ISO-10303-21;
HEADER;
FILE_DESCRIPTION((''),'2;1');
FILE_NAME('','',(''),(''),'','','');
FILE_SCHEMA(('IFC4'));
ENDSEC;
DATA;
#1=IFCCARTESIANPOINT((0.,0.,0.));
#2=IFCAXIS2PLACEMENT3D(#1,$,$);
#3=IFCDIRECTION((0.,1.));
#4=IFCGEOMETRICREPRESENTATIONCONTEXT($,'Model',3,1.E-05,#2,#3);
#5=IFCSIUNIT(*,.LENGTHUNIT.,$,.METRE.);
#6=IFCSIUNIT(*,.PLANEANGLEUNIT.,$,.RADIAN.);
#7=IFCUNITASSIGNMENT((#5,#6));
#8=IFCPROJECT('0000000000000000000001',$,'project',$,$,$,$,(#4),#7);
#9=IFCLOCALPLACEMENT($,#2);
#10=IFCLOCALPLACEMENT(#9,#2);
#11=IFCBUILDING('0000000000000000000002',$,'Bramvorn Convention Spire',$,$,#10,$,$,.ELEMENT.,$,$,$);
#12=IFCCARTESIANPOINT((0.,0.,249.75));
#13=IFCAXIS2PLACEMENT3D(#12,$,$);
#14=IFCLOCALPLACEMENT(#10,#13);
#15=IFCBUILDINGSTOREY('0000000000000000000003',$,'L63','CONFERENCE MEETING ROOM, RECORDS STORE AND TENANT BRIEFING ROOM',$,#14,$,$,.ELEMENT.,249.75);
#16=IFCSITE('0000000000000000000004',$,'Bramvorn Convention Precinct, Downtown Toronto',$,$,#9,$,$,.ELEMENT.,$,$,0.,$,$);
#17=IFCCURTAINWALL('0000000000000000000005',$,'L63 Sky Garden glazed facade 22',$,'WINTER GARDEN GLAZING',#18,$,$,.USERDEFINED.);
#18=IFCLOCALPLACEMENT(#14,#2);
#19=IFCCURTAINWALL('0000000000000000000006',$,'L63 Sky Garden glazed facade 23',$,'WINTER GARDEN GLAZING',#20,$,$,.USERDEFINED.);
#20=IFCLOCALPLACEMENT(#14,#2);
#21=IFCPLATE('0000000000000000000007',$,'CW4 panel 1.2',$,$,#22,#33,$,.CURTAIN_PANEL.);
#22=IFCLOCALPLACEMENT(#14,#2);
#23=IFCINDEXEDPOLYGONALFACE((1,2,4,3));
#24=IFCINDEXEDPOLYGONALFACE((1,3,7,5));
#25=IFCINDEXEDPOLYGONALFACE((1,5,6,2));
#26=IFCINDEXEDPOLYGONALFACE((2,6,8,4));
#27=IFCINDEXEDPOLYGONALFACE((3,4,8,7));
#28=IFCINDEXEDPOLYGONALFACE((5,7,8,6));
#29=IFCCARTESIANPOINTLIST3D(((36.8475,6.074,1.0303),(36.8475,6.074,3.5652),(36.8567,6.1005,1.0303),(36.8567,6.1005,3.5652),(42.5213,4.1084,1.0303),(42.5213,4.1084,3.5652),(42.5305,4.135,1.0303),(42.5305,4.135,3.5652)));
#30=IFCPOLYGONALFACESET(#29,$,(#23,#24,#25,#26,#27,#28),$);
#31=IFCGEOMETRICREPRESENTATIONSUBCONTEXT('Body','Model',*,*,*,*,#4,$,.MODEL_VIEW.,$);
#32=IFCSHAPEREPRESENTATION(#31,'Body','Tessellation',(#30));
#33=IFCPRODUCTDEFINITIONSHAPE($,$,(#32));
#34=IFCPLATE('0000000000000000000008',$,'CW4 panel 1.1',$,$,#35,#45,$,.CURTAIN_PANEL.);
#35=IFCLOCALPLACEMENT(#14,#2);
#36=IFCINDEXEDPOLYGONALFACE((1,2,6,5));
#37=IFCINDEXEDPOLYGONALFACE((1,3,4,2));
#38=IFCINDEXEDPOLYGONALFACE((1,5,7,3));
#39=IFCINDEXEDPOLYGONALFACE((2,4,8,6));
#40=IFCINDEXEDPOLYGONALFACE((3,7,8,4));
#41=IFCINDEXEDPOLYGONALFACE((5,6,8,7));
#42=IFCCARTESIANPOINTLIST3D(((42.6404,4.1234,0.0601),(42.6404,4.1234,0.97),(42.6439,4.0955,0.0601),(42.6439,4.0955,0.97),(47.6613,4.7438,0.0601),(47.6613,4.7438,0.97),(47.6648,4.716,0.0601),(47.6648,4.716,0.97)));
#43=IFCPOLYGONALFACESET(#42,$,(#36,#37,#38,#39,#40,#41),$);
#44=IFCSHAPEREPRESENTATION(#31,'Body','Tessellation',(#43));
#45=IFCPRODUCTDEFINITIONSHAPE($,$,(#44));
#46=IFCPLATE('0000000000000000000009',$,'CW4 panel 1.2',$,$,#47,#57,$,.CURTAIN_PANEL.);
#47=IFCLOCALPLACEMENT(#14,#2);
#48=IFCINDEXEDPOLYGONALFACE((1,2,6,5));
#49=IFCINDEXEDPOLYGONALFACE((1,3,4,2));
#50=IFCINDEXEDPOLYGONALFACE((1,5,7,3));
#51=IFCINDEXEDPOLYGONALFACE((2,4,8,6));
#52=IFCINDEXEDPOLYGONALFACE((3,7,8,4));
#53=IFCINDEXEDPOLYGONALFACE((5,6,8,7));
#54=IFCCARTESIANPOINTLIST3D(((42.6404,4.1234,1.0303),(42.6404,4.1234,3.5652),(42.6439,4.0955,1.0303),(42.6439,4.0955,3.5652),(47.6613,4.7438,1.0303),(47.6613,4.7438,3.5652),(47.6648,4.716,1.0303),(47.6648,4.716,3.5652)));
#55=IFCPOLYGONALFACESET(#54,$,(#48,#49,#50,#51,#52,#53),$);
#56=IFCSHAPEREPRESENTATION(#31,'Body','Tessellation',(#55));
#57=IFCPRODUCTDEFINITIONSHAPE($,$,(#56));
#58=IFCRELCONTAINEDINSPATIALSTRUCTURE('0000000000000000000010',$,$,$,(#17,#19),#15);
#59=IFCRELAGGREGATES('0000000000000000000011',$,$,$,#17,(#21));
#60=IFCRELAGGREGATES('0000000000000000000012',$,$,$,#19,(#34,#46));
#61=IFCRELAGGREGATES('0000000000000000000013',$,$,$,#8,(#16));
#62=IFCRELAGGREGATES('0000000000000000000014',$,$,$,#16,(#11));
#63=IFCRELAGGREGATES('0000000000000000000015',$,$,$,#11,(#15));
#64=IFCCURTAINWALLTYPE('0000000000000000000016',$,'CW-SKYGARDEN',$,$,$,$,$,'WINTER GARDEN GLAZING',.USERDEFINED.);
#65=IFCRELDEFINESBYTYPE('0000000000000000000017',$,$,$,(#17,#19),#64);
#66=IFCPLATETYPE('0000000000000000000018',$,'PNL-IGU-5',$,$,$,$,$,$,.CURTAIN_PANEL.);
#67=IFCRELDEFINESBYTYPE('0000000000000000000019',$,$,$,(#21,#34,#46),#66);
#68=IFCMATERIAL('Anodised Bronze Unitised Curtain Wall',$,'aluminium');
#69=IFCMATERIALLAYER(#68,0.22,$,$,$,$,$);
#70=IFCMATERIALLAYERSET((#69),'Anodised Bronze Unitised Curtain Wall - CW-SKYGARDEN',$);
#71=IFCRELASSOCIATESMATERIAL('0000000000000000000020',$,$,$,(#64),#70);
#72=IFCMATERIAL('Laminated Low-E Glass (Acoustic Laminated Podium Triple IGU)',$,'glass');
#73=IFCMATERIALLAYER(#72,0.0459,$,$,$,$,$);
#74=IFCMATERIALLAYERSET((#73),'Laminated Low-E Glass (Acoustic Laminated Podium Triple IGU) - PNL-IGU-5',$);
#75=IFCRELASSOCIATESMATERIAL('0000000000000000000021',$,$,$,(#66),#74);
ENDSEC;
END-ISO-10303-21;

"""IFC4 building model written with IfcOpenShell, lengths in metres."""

from ifc_helpers import new_model, si_unit, direction, frame, origin, origin_2d, place, context, subcontext, project, spatial, rectangle, extrude, material, layer, layer_set, type_object, element, aggregate, save


model = new_model("IFC4")

# Units and contexts
model_context = context("Model", 3, precision=1e-05, world=origin(), true_north=direction((0.0, 1.0)))
body_context = subcontext(model_context, "Body", "Model", "MODEL_VIEW")
ifc_project = project(units=[si_unit("LENGTHUNIT", "METRE"), si_unit("PLANEANGLEUNIT", "RADIAN")], contexts=[model_context])

# Site, building, storey
site_placement = place(None, origin())
site = spatial("IfcSite", under=ifc_project, at=site_placement, Name="Bramvorn Convention Precinct, Downtown Toronto", CompositionType="ELEMENT", RefElevation=0.0)
building_placement = place(site_placement, origin())
building = spatial("IfcBuilding", under=site, at=building_placement, Name="Bramvorn Convention Spire", CompositionType="ELEMENT")
storey_placement = place(building_placement, frame((0.0, 0.0, 249.75)))
storey = spatial("IfcBuildingStorey", under=building, at=storey_placement, Name="L63", Description="CONFERENCE MEETING ROOM, RECORDS STORE AND TENANT BRIEFING ROOM", CompositionType="ELEMENT", Elevation=249.75)

# Shared definitions
ifc_material_1 = material(Name="Anodised Bronze Unitised Curtain Wall", Category="aluminium")
ifc_layer_1 = layer(ifc_material_1, 0.22)
ifc_layer_set_1 = layer_set([ifc_layer_1], Name="Anodised Bronze Unitised Curtain Wall - CW-SKYGARDEN")
curtain_wall_type = type_object("IfcCurtainWallType", Name="CW-SKYGARDEN", ElementType="WINTER GARDEN GLAZING", PredefinedType="USERDEFINED", material=ifc_layer_set_1)

# Curtain wall
curtain_wall_1_placement = place(storey_placement, origin())
curtain_wall_1 = element("IfcCurtainWall", 1, at=curtain_wall_1_placement, inside=storey, type_object=curtain_wall_type, Name="L63 Sky Garden glazed facade 22", ObjectType="WINTER GARDEN GLAZING", PredefinedType="USERDEFINED")

# Curtain wall
curtain_wall_2_placement = place(storey_placement, origin())
curtain_wall_2 = element("IfcCurtainWall", 2, at=curtain_wall_2_placement, inside=storey, type_object=curtain_wall_type, Name="L63 Sky Garden glazed facade 23", ObjectType="WINTER GARDEN GLAZING", PredefinedType="USERDEFINED")

# Plates
ifc_material_2 = material(Name="Laminated Low-E Glass (Acoustic Laminated Podium Triple IGU)", Category="glass")
ifc_layer_2 = layer(ifc_material_2, 0.0459)
ifc_layer_set_2 = layer_set([ifc_layer_2], Name="Laminated Low-E Glass (Acoustic Laminated Podium Triple IGU) - PNL-IGU-5")
plate_type = type_object("IfcPlateType", Name="PNL-IGU-5", PredefinedType="CURTAIN_PANEL", material=ifc_layer_set_2)
plate_1_placement = place(storey_placement, frame((39.689, 5.1045, 1.0303), z_axis=(0.0, 0.0, 1.0), x_axis=(-0.944905, 0.327344, 0.0)))
plate_1 = element("IfcPlate", 3, at=plate_1_placement, type_object=plate_type, Name="CW4 panel 1.2", PredefinedType="CURTAIN_PANEL", context=body_context, shape_type="SweptSolid", body=[
    extrude(rectangle(XDim=6.0046, YDim=0.0281, at=origin_2d()), origin(), (0.0, 0.0, 1.0), 2.5349),
])
aggregate(curtain_wall_1, [plate_1])
plate_2_placement = place(storey_placement, frame((45.1526, 4.4197, 0.0601), z_axis=(0.0, 0.0, 1.0), x_axis=(-0.992451, -0.122644, 0.0)))
plate_2 = element("IfcPlate", 4, at=plate_2_placement, type_object=plate_type, Name="CW4 panel 1.1", PredefinedType="CURTAIN_PANEL", context=body_context, shape_type="SweptSolid", body=[
    extrude(rectangle(XDim=5.0591, YDim=0.0281, at=origin_2d()), origin(), (0.0, 0.0, 1.0), 0.9099),
])
plate_3_placement = place(storey_placement, frame((45.1526, 4.4197, 1.0303), z_axis=(0.0, 0.0, 1.0), x_axis=(-0.992451, -0.122644, 0.0)))
plate_3 = element("IfcPlate", 5, at=plate_3_placement, type_object=plate_type, Name="CW4 panel 1.2", PredefinedType="CURTAIN_PANEL", context=body_context, shape_type="SweptSolid", body=[
    extrude(rectangle(XDim=5.0591, YDim=0.0281, at=origin_2d()), origin(), (0.0, 0.0, 1.0), 2.5349),
])
aggregate(curtain_wall_2, [plate_2, plate_3])

save(model, "model.ifc")
